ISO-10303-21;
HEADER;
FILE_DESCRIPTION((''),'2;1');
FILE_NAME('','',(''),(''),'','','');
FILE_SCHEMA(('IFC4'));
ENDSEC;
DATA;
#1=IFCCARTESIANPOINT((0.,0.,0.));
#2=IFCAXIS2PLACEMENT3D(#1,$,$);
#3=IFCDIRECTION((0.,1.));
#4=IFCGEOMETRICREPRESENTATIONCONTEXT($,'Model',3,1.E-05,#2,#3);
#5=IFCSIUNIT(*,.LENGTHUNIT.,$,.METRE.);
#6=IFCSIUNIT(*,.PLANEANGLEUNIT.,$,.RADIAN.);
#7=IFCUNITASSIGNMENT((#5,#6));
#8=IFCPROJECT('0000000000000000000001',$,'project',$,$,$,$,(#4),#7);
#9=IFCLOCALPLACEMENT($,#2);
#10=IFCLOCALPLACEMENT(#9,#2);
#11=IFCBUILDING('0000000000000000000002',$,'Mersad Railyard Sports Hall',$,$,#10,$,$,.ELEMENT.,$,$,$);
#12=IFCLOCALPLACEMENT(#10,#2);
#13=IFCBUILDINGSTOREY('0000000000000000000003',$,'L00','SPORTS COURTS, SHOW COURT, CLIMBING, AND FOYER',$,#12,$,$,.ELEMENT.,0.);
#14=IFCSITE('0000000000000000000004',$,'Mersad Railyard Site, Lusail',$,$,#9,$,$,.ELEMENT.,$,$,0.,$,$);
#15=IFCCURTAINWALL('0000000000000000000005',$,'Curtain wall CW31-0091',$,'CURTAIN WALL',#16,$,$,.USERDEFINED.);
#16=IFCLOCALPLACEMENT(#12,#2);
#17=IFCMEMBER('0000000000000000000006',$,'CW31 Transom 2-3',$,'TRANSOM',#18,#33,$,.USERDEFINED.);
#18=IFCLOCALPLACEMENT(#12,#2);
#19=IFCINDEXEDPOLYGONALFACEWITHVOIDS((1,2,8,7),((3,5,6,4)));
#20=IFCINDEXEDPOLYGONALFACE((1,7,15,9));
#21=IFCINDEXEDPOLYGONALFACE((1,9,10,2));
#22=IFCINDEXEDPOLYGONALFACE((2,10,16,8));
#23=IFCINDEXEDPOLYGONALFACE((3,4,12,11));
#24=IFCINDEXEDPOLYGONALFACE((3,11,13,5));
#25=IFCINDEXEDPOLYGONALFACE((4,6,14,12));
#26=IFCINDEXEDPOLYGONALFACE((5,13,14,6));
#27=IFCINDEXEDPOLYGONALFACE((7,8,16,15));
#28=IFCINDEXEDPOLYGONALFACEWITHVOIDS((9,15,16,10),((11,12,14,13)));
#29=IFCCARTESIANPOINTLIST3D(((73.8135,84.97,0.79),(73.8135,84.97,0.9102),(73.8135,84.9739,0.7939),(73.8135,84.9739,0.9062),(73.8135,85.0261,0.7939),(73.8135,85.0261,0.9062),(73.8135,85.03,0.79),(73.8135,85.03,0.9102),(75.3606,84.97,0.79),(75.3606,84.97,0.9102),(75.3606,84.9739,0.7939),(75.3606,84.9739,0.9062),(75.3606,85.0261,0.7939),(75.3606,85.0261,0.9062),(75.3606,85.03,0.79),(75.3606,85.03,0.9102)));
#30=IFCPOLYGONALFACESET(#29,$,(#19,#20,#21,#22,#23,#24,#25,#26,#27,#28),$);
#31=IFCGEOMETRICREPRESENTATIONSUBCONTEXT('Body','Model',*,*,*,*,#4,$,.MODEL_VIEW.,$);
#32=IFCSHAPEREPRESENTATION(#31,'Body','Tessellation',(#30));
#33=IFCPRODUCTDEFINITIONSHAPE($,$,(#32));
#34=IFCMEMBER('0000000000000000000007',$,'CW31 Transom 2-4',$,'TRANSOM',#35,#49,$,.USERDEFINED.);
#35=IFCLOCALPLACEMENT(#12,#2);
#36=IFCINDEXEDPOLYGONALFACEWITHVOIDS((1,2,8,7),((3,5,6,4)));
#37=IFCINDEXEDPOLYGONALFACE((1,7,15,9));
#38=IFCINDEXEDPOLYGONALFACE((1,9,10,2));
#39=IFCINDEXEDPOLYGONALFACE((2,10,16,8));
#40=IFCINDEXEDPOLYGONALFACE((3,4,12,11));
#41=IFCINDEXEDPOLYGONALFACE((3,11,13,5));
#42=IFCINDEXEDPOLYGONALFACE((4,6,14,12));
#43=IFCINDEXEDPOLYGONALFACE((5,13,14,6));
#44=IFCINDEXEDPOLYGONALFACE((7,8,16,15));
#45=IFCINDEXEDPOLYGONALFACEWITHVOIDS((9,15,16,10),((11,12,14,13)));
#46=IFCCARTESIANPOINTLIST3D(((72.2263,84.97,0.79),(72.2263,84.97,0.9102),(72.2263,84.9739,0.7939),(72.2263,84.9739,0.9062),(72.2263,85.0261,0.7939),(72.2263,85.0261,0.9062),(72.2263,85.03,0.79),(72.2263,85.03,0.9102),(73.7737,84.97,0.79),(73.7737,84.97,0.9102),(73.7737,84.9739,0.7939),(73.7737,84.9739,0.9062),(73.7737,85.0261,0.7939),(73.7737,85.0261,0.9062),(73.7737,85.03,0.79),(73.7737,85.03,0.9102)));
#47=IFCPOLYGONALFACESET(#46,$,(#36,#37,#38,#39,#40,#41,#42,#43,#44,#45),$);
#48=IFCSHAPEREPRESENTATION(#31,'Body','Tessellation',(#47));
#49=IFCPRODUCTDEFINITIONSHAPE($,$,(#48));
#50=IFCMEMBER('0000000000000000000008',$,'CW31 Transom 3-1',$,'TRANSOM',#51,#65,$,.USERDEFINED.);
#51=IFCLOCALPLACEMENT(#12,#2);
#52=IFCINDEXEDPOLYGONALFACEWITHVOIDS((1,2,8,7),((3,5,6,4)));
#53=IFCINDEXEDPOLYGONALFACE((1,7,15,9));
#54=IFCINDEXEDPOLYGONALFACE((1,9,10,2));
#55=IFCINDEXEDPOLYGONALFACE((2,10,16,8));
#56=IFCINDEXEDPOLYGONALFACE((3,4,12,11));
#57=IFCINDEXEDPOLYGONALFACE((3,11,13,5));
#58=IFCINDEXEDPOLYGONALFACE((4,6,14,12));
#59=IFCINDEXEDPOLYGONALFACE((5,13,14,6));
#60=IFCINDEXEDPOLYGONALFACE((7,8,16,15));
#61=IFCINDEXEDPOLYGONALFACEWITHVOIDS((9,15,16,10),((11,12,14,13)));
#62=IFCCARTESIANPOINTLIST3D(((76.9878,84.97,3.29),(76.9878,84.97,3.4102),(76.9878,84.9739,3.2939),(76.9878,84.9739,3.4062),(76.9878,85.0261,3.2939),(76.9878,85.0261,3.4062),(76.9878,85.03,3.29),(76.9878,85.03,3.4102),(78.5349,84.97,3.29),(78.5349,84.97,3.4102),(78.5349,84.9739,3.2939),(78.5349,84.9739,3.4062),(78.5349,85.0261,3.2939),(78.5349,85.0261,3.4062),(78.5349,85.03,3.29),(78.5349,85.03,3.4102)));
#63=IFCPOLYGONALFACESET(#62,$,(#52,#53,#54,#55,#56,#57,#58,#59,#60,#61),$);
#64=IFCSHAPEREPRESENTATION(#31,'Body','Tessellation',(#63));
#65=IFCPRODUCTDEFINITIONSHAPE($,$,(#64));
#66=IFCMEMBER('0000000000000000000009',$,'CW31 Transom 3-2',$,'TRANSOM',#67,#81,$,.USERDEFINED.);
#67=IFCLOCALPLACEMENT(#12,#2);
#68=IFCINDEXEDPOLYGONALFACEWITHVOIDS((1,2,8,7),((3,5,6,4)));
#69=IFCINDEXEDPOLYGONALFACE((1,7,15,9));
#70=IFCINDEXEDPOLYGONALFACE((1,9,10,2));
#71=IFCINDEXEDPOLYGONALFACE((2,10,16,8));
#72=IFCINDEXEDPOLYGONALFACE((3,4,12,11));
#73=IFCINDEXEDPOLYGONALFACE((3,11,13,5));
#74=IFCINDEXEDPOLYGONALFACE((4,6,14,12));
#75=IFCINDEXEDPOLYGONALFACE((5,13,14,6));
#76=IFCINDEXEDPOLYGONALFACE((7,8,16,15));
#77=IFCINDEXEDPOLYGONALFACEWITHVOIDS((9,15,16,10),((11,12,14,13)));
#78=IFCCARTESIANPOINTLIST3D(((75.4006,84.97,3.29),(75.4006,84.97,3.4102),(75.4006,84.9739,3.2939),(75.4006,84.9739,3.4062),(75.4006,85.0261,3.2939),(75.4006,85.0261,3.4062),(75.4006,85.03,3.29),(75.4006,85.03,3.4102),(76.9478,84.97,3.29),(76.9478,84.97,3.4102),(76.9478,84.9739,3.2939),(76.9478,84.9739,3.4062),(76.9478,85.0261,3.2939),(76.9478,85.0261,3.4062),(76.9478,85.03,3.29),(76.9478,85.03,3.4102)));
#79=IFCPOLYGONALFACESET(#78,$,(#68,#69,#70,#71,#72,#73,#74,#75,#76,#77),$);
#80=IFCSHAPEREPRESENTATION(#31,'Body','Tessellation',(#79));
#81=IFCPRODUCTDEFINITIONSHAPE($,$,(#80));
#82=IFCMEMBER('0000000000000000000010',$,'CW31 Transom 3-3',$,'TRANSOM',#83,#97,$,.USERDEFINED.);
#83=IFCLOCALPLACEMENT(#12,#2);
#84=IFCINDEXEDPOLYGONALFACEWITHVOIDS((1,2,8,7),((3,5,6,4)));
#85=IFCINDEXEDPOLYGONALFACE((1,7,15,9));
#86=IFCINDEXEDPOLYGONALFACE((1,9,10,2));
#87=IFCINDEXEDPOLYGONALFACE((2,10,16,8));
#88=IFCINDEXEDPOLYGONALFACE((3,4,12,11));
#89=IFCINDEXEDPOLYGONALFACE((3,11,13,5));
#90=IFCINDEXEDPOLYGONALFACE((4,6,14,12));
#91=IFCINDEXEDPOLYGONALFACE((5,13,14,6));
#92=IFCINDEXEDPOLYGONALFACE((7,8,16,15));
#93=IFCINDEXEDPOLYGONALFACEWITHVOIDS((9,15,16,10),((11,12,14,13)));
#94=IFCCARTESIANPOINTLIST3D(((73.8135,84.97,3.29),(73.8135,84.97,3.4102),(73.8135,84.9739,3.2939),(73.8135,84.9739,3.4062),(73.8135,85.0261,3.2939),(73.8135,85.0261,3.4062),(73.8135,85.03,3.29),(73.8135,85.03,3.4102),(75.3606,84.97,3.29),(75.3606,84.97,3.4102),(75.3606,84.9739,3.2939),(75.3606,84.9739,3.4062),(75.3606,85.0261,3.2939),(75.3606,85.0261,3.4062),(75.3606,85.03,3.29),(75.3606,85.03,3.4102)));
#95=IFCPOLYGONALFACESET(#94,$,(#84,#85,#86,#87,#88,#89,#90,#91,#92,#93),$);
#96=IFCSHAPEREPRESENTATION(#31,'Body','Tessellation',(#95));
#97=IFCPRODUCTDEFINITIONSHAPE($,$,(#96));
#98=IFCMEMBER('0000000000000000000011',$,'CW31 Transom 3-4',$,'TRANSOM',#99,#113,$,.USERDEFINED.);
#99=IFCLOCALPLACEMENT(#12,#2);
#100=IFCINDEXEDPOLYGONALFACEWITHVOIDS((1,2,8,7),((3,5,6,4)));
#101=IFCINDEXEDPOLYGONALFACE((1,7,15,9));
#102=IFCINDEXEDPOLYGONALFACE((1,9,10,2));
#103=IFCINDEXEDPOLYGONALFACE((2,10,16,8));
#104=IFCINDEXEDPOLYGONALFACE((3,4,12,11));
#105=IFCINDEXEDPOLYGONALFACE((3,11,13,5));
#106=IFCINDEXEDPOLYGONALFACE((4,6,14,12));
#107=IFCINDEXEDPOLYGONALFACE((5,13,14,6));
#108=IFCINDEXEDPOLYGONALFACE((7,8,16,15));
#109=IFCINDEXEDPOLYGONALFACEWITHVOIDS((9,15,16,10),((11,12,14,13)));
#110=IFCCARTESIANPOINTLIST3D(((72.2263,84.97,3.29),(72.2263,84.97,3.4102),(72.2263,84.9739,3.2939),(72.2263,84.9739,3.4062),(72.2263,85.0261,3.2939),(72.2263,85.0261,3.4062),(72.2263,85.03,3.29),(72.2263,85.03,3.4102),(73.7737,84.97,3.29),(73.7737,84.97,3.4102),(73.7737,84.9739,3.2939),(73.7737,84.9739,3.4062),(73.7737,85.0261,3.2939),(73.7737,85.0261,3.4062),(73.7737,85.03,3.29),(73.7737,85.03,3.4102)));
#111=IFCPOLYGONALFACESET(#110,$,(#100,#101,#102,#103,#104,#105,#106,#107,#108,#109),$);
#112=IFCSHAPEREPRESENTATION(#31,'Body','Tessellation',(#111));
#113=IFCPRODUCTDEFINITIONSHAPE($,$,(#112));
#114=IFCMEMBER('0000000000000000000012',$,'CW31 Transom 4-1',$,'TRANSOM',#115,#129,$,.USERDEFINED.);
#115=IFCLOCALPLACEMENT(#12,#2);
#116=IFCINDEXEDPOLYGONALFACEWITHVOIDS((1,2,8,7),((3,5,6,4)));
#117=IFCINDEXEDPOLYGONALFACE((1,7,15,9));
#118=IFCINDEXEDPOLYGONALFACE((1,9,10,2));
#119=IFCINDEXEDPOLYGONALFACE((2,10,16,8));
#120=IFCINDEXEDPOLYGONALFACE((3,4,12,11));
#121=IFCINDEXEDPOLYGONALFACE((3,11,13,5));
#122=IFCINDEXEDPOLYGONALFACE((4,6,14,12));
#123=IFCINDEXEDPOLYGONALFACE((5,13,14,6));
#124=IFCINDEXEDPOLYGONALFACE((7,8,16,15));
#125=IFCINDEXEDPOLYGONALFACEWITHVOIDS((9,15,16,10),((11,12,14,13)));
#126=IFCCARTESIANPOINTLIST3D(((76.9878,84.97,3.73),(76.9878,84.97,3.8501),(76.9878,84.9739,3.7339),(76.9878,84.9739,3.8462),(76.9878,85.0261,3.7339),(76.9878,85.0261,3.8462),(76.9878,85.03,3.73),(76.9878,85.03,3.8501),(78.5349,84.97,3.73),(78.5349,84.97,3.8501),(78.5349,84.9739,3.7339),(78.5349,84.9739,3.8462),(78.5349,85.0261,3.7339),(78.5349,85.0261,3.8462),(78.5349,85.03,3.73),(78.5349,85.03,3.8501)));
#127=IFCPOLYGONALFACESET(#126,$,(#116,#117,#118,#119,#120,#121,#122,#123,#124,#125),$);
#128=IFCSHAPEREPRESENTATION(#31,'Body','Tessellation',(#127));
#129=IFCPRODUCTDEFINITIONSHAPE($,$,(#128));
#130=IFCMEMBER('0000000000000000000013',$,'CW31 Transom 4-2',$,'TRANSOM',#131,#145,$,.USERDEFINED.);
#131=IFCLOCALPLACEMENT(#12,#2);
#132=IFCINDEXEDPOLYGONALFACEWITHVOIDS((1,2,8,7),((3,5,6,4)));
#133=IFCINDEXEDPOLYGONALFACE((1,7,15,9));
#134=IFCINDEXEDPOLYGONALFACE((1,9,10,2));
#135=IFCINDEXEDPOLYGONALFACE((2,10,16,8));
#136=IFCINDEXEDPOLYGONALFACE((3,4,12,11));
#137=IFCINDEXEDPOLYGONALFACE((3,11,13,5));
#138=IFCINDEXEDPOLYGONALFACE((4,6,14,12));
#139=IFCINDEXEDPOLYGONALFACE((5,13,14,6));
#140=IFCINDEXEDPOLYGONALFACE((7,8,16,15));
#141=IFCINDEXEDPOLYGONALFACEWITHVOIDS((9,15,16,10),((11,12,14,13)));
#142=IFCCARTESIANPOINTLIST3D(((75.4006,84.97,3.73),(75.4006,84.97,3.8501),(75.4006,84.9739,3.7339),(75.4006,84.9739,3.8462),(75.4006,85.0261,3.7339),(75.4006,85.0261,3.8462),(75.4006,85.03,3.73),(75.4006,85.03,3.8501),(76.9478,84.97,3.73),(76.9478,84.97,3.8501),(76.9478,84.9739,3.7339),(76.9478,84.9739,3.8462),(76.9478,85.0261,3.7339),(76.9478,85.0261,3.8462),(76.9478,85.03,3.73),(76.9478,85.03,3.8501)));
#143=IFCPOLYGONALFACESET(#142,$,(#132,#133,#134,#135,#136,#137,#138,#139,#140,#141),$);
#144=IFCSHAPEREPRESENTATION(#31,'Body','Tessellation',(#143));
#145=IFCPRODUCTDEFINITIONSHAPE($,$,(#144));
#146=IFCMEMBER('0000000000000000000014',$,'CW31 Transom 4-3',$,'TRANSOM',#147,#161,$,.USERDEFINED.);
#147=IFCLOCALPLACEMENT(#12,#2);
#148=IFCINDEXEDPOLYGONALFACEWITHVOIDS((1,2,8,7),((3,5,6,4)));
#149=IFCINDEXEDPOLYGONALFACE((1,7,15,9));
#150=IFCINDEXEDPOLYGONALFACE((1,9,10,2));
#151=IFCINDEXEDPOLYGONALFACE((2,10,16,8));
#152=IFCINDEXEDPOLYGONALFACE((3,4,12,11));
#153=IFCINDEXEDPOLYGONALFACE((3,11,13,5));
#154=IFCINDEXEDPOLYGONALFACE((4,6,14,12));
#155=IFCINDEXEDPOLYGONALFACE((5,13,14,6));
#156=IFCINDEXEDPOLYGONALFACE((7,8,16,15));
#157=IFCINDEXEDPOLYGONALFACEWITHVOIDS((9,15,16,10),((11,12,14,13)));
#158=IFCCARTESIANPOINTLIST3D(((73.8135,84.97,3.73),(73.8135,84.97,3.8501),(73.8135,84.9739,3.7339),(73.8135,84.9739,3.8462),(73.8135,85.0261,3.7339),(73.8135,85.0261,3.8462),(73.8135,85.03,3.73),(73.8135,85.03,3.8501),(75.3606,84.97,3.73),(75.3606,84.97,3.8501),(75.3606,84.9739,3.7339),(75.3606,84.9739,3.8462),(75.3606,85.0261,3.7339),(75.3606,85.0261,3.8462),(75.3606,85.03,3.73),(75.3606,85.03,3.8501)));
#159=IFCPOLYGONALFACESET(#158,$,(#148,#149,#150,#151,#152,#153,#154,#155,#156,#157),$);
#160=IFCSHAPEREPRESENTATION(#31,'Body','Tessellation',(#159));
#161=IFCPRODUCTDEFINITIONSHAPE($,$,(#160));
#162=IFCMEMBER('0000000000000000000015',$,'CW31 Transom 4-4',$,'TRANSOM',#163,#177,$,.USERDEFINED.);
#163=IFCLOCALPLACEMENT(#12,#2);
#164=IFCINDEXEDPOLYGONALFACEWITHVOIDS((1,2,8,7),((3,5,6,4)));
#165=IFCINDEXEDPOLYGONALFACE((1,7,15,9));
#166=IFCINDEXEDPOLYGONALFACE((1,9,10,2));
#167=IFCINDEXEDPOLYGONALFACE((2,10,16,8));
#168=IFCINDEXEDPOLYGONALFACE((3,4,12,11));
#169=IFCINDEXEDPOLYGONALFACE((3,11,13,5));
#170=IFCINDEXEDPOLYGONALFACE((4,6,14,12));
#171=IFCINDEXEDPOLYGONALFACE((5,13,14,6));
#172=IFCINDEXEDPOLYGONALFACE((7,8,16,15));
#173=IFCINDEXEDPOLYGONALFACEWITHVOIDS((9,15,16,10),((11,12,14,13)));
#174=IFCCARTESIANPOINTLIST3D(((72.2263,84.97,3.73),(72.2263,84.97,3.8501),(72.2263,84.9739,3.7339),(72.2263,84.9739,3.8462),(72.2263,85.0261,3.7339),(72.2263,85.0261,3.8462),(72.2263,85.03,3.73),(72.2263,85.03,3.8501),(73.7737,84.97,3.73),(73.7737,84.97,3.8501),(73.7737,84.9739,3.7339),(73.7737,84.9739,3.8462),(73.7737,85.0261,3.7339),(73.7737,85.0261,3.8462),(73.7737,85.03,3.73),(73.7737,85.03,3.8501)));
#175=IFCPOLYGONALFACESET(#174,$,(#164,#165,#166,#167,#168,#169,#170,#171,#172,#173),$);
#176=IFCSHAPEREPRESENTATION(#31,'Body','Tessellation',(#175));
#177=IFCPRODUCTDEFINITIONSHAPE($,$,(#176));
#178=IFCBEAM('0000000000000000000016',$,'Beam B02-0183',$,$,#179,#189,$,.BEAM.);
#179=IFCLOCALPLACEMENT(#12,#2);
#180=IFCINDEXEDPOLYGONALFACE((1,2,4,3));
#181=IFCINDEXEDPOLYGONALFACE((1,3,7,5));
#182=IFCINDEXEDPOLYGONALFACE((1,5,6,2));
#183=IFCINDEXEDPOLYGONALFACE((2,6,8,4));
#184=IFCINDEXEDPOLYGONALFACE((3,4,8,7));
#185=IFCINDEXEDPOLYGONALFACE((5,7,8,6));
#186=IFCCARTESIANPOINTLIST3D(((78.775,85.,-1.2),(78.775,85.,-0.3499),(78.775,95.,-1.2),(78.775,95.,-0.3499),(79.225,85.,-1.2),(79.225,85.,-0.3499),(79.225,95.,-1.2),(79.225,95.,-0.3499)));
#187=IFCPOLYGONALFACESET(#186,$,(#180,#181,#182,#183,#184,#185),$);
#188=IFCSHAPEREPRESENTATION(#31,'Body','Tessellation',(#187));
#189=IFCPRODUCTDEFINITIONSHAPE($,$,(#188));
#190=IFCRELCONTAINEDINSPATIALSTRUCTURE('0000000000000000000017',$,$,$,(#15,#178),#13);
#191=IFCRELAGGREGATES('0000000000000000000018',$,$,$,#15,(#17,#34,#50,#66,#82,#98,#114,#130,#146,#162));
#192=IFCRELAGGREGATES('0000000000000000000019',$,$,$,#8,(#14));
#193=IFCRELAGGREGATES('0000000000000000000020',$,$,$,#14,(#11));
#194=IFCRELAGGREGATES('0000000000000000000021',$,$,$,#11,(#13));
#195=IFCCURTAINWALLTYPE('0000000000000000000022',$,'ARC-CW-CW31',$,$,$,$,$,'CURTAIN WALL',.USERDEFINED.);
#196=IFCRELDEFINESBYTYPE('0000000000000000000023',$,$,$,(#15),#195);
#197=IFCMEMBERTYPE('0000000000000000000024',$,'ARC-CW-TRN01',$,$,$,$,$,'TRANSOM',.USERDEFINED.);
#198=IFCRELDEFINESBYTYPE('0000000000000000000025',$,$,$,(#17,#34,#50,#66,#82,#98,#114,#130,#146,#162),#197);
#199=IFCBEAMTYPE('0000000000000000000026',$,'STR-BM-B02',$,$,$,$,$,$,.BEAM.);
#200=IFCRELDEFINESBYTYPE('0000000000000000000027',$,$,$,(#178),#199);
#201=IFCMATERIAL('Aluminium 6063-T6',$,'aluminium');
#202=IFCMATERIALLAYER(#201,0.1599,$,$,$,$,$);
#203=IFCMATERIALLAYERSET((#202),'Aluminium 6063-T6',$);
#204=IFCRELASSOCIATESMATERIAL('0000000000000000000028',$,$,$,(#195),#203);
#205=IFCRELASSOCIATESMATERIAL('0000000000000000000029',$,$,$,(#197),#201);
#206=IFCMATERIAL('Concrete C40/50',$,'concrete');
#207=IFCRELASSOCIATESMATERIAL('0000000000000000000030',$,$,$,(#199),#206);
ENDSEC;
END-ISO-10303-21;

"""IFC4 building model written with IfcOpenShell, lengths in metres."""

from ifc_helpers import new_model, si_unit, direction, frame, origin, origin_2d, place, context, subcontext, project, spatial, rectangle, hollow_rectangle, extrude, material, layer, layer_set, material_profile, profile_set, type_object, element, aggregate, save


model = new_model("IFC4")

# Units and contexts
model_context = context("Model", 3, precision=1e-05, world=origin(), true_north=direction((0.0, 1.0)))
body_context = subcontext(model_context, "Body", "Model", "MODEL_VIEW")
ifc_project = project(units=[si_unit("LENGTHUNIT", "METRE"), si_unit("PLANEANGLEUNIT", "RADIAN")], contexts=[model_context])

# Site, building, storey
site_placement = place(None, origin())
site = spatial("IfcSite", under=ifc_project, at=site_placement, Name="Mersad Railyard Site, Lusail", CompositionType="ELEMENT", RefElevation=0.0)
building_placement = place(site_placement, origin())
building = spatial("IfcBuilding", under=site, at=building_placement, Name="Mersad Railyard Sports Hall", CompositionType="ELEMENT")
storey_placement = place(building_placement, origin())
storey = spatial("IfcBuildingStorey", under=building, at=storey_placement, Name="L00", Description="SPORTS COURTS, SHOW COURT, CLIMBING, AND FOYER", CompositionType="ELEMENT", Elevation=0.0)

# Curtain wall, members
ifc_material_1 = material(Name="Aluminium 6063-T6", Category="aluminium")
ifc_layer_1 = layer(ifc_material_1, 0.1599)
ifc_layer_set_1 = layer_set([ifc_layer_1], Name="Aluminium 6063-T6")
curtain_wall_type = type_object("IfcCurtainWallType", Name="ARC-CW-CW31", ElementType="CURTAIN WALL", PredefinedType="USERDEFINED", material=ifc_layer_set_1)
curtain_wall_placement = place(storey_placement, origin())
curtain_wall = element("IfcCurtainWall", 1, at=curtain_wall_placement, inside=storey, type_object=curtain_wall_type, Name="Curtain wall CW31-0091", ObjectType="CURTAIN WALL", PredefinedType="USERDEFINED")
ifc_material_profile_1 = material_profile(ifc_material_1, hollow_rectangle(XDim=0.0601, YDim=0.1201, WallThickness=0.0039, at=origin_2d()), Name="AL TRANSOM 60x120x4")
ifc_profile_set_1 = profile_set([ifc_material_profile_1], Name="Aluminium 6063-T6")
member_type_1 = type_object("IfcMemberType", Name="ARC-CW-TRN01", ElementType="TRANSOM", PredefinedType="USERDEFINED", material=ifc_profile_set_1)
member_1_placement = place(storey_placement, frame((75.3606, 85.0, 0.8501), z_axis=(-1.0, 0.0, 0.0), x_axis=(0.0, -1.0, 0.0)))
member_1 = element("IfcMember", 2, at=member_1_placement, type_object=member_type_1, Name="CW31 Transom 2-3", ObjectType="TRANSOM", PredefinedType="USERDEFINED", context=body_context, shape_type="SweptSolid", body=[
    extrude(hollow_rectangle(XDim=0.0601, YDim=0.1201, WallThickness=0.0039, at=origin_2d()), origin(), (0.0, 0.0, 1.0), 1.5471),
])
member_2_placement = place(storey_placement, frame((73.7737, 85.0, 0.8501), z_axis=(-1.0, 0.0, 0.0), x_axis=(0.0, -1.0, 0.0)))
member_2 = element("IfcMember", 3, at=member_2_placement, type_object=member_type_1, Name="CW31 Transom 2-4", ObjectType="TRANSOM", PredefinedType="USERDEFINED", context=body_context, shape_type="SweptSolid", body=[
    extrude(hollow_rectangle(XDim=0.0601, YDim=0.1201, WallThickness=0.0039, at=origin_2d()), origin(), (0.0, 0.0, 1.0), 1.5474),
])
member_3_placement = place(storey_placement, frame((78.5349, 85.0, 3.3501), z_axis=(-1.0, 0.0, 0.0), x_axis=(0.0, -1.0, 0.0)))
member_3 = element("IfcMember", 4, at=member_3_placement, type_object=member_type_1, Name="CW31 Transom 3-1", ObjectType="TRANSOM", PredefinedType="USERDEFINED", context=body_context, shape_type="SweptSolid", body=[
    extrude(hollow_rectangle(XDim=0.0601, YDim=0.1201, WallThickness=0.0039, at=origin_2d()), origin(), (0.0, 0.0, 1.0), 1.5471),
])
member_4_placement = place(storey_placement, frame((76.9478, 85.0, 3.3501), z_axis=(-1.0, 0.0, 0.0), x_axis=(0.0, -1.0, 0.0)))
member_4 = element("IfcMember", 5, at=member_4_placement, type_object=member_type_1, Name="CW31 Transom 3-2", ObjectType="TRANSOM", PredefinedType="USERDEFINED", context=body_context, shape_type="SweptSolid", body=[
    extrude(hollow_rectangle(XDim=0.0601, YDim=0.1201, WallThickness=0.0039, at=origin_2d()), origin(), (0.0, 0.0, 1.0), 1.5471),
])
member_5_placement = place(storey_placement, frame((75.3606, 85.0, 3.3501), z_axis=(-1.0, 0.0, 0.0), x_axis=(0.0, -1.0, 0.0)))
member_5 = element("IfcMember", 6, at=member_5_placement, type_object=member_type_1, Name="CW31 Transom 3-3", ObjectType="TRANSOM", PredefinedType="USERDEFINED", context=body_context, shape_type="SweptSolid", body=[
    extrude(hollow_rectangle(XDim=0.0601, YDim=0.1201, WallThickness=0.0039, at=origin_2d()), origin(), (0.0, 0.0, 1.0), 1.5471),
])
member_6_placement = place(storey_placement, frame((73.7737, 85.0, 3.3501), z_axis=(-1.0, 0.0, 0.0), x_axis=(0.0, -1.0, 0.0)))
member_6 = element("IfcMember", 7, at=member_6_placement, type_object=member_type_1, Name="CW31 Transom 3-4", ObjectType="TRANSOM", PredefinedType="USERDEFINED", context=body_context, shape_type="SweptSolid", body=[
    extrude(hollow_rectangle(XDim=0.0601, YDim=0.1201, WallThickness=0.0039, at=origin_2d()), origin(), (0.0, 0.0, 1.0), 1.5474),
])
member_7_placement = place(storey_placement, frame((78.5349, 85.0, 3.79), z_axis=(-1.0, 0.0, 0.0), x_axis=(0.0, -1.0, 0.0)))
member_7 = element("IfcMember", 8, at=member_7_placement, type_object=member_type_1, Name="CW31 Transom 4-1", ObjectType="TRANSOM", PredefinedType="USERDEFINED", context=body_context, shape_type="SweptSolid", body=[
    extrude(hollow_rectangle(XDim=0.0601, YDim=0.1201, WallThickness=0.0039, at=origin_2d()), origin(), (0.0, 0.0, 1.0), 1.5471),
])
member_8_placement = place(storey_placement, frame((76.9478, 85.0, 3.79), z_axis=(-1.0, 0.0, 0.0), x_axis=(0.0, -1.0, 0.0)))
member_8 = element("IfcMember", 9, at=member_8_placement, type_object=member_type_1, Name="CW31 Transom 4-2", ObjectType="TRANSOM", PredefinedType="USERDEFINED", context=body_context, shape_type="SweptSolid", body=[
    extrude(hollow_rectangle(XDim=0.0601, YDim=0.1201, WallThickness=0.0039, at=origin_2d()), origin(), (0.0, 0.0, 1.0), 1.5471),
])
member_9_placement = place(storey_placement, frame((75.3606, 85.0, 3.79), z_axis=(-1.0, 0.0, 0.0), x_axis=(0.0, -1.0, 0.0)))
member_9 = element("IfcMember", 10, at=member_9_placement, type_object=member_type_1, Name="CW31 Transom 4-3", ObjectType="TRANSOM", PredefinedType="USERDEFINED", context=body_context, shape_type="SweptSolid", body=[
    extrude(hollow_rectangle(XDim=0.0601, YDim=0.1201, WallThickness=0.0039, at=origin_2d()), origin(), (0.0, 0.0, 1.0), 1.5471),
])
member_10_placement = place(storey_placement, frame((73.7737, 85.0, 3.79), z_axis=(-1.0, 0.0, 0.0), x_axis=(0.0, -1.0, 0.0)))
member_10 = element("IfcMember", 11, at=member_10_placement, type_object=member_type_1, Name="CW31 Transom 4-4", ObjectType="TRANSOM", PredefinedType="USERDEFINED", context=body_context, shape_type="SweptSolid", body=[
    extrude(hollow_rectangle(XDim=0.0601, YDim=0.1201, WallThickness=0.0039, at=origin_2d()), origin(), (0.0, 0.0, 1.0), 1.5474),
])

# Beam
ifc_material_2 = material(Name="Concrete C40/50", Category="concrete")
ifc_material_profile_2 = material_profile(ifc_material_2, rectangle(XDim=0.45, YDim=0.8501, at=origin_2d()), Name="RC 450x850")
ifc_profile_set_2 = profile_set([ifc_material_profile_2], Name="Concrete C40/50")
beam_type_1 = type_object("IfcBeamType", Name="STR-BM-B02", PredefinedType="BEAM", material=ifc_profile_set_2)
beam_1_placement = place(storey_placement, frame((79.0, 85.0, -0.7749), z_axis=(0.0, 1.0, 0.0), x_axis=(-1.0, 0.0, 0.0)))
element("IfcBeam", 12, at=beam_1_placement, inside=storey, type_object=beam_type_1, Name="Beam B02-0183", PredefinedType="BEAM", context=body_context, shape_type="SweptSolid", body=[
    extrude(rectangle(XDim=0.45, YDim=0.8501, at=origin_2d()), origin(), (0.0, 0.0, 1.0), 10.0),
])

aggregate(curtain_wall, [member_1, member_2, member_3, member_4, member_5, member_6, member_7, member_8, member_9, member_10])

save(model, "model.ifc")
